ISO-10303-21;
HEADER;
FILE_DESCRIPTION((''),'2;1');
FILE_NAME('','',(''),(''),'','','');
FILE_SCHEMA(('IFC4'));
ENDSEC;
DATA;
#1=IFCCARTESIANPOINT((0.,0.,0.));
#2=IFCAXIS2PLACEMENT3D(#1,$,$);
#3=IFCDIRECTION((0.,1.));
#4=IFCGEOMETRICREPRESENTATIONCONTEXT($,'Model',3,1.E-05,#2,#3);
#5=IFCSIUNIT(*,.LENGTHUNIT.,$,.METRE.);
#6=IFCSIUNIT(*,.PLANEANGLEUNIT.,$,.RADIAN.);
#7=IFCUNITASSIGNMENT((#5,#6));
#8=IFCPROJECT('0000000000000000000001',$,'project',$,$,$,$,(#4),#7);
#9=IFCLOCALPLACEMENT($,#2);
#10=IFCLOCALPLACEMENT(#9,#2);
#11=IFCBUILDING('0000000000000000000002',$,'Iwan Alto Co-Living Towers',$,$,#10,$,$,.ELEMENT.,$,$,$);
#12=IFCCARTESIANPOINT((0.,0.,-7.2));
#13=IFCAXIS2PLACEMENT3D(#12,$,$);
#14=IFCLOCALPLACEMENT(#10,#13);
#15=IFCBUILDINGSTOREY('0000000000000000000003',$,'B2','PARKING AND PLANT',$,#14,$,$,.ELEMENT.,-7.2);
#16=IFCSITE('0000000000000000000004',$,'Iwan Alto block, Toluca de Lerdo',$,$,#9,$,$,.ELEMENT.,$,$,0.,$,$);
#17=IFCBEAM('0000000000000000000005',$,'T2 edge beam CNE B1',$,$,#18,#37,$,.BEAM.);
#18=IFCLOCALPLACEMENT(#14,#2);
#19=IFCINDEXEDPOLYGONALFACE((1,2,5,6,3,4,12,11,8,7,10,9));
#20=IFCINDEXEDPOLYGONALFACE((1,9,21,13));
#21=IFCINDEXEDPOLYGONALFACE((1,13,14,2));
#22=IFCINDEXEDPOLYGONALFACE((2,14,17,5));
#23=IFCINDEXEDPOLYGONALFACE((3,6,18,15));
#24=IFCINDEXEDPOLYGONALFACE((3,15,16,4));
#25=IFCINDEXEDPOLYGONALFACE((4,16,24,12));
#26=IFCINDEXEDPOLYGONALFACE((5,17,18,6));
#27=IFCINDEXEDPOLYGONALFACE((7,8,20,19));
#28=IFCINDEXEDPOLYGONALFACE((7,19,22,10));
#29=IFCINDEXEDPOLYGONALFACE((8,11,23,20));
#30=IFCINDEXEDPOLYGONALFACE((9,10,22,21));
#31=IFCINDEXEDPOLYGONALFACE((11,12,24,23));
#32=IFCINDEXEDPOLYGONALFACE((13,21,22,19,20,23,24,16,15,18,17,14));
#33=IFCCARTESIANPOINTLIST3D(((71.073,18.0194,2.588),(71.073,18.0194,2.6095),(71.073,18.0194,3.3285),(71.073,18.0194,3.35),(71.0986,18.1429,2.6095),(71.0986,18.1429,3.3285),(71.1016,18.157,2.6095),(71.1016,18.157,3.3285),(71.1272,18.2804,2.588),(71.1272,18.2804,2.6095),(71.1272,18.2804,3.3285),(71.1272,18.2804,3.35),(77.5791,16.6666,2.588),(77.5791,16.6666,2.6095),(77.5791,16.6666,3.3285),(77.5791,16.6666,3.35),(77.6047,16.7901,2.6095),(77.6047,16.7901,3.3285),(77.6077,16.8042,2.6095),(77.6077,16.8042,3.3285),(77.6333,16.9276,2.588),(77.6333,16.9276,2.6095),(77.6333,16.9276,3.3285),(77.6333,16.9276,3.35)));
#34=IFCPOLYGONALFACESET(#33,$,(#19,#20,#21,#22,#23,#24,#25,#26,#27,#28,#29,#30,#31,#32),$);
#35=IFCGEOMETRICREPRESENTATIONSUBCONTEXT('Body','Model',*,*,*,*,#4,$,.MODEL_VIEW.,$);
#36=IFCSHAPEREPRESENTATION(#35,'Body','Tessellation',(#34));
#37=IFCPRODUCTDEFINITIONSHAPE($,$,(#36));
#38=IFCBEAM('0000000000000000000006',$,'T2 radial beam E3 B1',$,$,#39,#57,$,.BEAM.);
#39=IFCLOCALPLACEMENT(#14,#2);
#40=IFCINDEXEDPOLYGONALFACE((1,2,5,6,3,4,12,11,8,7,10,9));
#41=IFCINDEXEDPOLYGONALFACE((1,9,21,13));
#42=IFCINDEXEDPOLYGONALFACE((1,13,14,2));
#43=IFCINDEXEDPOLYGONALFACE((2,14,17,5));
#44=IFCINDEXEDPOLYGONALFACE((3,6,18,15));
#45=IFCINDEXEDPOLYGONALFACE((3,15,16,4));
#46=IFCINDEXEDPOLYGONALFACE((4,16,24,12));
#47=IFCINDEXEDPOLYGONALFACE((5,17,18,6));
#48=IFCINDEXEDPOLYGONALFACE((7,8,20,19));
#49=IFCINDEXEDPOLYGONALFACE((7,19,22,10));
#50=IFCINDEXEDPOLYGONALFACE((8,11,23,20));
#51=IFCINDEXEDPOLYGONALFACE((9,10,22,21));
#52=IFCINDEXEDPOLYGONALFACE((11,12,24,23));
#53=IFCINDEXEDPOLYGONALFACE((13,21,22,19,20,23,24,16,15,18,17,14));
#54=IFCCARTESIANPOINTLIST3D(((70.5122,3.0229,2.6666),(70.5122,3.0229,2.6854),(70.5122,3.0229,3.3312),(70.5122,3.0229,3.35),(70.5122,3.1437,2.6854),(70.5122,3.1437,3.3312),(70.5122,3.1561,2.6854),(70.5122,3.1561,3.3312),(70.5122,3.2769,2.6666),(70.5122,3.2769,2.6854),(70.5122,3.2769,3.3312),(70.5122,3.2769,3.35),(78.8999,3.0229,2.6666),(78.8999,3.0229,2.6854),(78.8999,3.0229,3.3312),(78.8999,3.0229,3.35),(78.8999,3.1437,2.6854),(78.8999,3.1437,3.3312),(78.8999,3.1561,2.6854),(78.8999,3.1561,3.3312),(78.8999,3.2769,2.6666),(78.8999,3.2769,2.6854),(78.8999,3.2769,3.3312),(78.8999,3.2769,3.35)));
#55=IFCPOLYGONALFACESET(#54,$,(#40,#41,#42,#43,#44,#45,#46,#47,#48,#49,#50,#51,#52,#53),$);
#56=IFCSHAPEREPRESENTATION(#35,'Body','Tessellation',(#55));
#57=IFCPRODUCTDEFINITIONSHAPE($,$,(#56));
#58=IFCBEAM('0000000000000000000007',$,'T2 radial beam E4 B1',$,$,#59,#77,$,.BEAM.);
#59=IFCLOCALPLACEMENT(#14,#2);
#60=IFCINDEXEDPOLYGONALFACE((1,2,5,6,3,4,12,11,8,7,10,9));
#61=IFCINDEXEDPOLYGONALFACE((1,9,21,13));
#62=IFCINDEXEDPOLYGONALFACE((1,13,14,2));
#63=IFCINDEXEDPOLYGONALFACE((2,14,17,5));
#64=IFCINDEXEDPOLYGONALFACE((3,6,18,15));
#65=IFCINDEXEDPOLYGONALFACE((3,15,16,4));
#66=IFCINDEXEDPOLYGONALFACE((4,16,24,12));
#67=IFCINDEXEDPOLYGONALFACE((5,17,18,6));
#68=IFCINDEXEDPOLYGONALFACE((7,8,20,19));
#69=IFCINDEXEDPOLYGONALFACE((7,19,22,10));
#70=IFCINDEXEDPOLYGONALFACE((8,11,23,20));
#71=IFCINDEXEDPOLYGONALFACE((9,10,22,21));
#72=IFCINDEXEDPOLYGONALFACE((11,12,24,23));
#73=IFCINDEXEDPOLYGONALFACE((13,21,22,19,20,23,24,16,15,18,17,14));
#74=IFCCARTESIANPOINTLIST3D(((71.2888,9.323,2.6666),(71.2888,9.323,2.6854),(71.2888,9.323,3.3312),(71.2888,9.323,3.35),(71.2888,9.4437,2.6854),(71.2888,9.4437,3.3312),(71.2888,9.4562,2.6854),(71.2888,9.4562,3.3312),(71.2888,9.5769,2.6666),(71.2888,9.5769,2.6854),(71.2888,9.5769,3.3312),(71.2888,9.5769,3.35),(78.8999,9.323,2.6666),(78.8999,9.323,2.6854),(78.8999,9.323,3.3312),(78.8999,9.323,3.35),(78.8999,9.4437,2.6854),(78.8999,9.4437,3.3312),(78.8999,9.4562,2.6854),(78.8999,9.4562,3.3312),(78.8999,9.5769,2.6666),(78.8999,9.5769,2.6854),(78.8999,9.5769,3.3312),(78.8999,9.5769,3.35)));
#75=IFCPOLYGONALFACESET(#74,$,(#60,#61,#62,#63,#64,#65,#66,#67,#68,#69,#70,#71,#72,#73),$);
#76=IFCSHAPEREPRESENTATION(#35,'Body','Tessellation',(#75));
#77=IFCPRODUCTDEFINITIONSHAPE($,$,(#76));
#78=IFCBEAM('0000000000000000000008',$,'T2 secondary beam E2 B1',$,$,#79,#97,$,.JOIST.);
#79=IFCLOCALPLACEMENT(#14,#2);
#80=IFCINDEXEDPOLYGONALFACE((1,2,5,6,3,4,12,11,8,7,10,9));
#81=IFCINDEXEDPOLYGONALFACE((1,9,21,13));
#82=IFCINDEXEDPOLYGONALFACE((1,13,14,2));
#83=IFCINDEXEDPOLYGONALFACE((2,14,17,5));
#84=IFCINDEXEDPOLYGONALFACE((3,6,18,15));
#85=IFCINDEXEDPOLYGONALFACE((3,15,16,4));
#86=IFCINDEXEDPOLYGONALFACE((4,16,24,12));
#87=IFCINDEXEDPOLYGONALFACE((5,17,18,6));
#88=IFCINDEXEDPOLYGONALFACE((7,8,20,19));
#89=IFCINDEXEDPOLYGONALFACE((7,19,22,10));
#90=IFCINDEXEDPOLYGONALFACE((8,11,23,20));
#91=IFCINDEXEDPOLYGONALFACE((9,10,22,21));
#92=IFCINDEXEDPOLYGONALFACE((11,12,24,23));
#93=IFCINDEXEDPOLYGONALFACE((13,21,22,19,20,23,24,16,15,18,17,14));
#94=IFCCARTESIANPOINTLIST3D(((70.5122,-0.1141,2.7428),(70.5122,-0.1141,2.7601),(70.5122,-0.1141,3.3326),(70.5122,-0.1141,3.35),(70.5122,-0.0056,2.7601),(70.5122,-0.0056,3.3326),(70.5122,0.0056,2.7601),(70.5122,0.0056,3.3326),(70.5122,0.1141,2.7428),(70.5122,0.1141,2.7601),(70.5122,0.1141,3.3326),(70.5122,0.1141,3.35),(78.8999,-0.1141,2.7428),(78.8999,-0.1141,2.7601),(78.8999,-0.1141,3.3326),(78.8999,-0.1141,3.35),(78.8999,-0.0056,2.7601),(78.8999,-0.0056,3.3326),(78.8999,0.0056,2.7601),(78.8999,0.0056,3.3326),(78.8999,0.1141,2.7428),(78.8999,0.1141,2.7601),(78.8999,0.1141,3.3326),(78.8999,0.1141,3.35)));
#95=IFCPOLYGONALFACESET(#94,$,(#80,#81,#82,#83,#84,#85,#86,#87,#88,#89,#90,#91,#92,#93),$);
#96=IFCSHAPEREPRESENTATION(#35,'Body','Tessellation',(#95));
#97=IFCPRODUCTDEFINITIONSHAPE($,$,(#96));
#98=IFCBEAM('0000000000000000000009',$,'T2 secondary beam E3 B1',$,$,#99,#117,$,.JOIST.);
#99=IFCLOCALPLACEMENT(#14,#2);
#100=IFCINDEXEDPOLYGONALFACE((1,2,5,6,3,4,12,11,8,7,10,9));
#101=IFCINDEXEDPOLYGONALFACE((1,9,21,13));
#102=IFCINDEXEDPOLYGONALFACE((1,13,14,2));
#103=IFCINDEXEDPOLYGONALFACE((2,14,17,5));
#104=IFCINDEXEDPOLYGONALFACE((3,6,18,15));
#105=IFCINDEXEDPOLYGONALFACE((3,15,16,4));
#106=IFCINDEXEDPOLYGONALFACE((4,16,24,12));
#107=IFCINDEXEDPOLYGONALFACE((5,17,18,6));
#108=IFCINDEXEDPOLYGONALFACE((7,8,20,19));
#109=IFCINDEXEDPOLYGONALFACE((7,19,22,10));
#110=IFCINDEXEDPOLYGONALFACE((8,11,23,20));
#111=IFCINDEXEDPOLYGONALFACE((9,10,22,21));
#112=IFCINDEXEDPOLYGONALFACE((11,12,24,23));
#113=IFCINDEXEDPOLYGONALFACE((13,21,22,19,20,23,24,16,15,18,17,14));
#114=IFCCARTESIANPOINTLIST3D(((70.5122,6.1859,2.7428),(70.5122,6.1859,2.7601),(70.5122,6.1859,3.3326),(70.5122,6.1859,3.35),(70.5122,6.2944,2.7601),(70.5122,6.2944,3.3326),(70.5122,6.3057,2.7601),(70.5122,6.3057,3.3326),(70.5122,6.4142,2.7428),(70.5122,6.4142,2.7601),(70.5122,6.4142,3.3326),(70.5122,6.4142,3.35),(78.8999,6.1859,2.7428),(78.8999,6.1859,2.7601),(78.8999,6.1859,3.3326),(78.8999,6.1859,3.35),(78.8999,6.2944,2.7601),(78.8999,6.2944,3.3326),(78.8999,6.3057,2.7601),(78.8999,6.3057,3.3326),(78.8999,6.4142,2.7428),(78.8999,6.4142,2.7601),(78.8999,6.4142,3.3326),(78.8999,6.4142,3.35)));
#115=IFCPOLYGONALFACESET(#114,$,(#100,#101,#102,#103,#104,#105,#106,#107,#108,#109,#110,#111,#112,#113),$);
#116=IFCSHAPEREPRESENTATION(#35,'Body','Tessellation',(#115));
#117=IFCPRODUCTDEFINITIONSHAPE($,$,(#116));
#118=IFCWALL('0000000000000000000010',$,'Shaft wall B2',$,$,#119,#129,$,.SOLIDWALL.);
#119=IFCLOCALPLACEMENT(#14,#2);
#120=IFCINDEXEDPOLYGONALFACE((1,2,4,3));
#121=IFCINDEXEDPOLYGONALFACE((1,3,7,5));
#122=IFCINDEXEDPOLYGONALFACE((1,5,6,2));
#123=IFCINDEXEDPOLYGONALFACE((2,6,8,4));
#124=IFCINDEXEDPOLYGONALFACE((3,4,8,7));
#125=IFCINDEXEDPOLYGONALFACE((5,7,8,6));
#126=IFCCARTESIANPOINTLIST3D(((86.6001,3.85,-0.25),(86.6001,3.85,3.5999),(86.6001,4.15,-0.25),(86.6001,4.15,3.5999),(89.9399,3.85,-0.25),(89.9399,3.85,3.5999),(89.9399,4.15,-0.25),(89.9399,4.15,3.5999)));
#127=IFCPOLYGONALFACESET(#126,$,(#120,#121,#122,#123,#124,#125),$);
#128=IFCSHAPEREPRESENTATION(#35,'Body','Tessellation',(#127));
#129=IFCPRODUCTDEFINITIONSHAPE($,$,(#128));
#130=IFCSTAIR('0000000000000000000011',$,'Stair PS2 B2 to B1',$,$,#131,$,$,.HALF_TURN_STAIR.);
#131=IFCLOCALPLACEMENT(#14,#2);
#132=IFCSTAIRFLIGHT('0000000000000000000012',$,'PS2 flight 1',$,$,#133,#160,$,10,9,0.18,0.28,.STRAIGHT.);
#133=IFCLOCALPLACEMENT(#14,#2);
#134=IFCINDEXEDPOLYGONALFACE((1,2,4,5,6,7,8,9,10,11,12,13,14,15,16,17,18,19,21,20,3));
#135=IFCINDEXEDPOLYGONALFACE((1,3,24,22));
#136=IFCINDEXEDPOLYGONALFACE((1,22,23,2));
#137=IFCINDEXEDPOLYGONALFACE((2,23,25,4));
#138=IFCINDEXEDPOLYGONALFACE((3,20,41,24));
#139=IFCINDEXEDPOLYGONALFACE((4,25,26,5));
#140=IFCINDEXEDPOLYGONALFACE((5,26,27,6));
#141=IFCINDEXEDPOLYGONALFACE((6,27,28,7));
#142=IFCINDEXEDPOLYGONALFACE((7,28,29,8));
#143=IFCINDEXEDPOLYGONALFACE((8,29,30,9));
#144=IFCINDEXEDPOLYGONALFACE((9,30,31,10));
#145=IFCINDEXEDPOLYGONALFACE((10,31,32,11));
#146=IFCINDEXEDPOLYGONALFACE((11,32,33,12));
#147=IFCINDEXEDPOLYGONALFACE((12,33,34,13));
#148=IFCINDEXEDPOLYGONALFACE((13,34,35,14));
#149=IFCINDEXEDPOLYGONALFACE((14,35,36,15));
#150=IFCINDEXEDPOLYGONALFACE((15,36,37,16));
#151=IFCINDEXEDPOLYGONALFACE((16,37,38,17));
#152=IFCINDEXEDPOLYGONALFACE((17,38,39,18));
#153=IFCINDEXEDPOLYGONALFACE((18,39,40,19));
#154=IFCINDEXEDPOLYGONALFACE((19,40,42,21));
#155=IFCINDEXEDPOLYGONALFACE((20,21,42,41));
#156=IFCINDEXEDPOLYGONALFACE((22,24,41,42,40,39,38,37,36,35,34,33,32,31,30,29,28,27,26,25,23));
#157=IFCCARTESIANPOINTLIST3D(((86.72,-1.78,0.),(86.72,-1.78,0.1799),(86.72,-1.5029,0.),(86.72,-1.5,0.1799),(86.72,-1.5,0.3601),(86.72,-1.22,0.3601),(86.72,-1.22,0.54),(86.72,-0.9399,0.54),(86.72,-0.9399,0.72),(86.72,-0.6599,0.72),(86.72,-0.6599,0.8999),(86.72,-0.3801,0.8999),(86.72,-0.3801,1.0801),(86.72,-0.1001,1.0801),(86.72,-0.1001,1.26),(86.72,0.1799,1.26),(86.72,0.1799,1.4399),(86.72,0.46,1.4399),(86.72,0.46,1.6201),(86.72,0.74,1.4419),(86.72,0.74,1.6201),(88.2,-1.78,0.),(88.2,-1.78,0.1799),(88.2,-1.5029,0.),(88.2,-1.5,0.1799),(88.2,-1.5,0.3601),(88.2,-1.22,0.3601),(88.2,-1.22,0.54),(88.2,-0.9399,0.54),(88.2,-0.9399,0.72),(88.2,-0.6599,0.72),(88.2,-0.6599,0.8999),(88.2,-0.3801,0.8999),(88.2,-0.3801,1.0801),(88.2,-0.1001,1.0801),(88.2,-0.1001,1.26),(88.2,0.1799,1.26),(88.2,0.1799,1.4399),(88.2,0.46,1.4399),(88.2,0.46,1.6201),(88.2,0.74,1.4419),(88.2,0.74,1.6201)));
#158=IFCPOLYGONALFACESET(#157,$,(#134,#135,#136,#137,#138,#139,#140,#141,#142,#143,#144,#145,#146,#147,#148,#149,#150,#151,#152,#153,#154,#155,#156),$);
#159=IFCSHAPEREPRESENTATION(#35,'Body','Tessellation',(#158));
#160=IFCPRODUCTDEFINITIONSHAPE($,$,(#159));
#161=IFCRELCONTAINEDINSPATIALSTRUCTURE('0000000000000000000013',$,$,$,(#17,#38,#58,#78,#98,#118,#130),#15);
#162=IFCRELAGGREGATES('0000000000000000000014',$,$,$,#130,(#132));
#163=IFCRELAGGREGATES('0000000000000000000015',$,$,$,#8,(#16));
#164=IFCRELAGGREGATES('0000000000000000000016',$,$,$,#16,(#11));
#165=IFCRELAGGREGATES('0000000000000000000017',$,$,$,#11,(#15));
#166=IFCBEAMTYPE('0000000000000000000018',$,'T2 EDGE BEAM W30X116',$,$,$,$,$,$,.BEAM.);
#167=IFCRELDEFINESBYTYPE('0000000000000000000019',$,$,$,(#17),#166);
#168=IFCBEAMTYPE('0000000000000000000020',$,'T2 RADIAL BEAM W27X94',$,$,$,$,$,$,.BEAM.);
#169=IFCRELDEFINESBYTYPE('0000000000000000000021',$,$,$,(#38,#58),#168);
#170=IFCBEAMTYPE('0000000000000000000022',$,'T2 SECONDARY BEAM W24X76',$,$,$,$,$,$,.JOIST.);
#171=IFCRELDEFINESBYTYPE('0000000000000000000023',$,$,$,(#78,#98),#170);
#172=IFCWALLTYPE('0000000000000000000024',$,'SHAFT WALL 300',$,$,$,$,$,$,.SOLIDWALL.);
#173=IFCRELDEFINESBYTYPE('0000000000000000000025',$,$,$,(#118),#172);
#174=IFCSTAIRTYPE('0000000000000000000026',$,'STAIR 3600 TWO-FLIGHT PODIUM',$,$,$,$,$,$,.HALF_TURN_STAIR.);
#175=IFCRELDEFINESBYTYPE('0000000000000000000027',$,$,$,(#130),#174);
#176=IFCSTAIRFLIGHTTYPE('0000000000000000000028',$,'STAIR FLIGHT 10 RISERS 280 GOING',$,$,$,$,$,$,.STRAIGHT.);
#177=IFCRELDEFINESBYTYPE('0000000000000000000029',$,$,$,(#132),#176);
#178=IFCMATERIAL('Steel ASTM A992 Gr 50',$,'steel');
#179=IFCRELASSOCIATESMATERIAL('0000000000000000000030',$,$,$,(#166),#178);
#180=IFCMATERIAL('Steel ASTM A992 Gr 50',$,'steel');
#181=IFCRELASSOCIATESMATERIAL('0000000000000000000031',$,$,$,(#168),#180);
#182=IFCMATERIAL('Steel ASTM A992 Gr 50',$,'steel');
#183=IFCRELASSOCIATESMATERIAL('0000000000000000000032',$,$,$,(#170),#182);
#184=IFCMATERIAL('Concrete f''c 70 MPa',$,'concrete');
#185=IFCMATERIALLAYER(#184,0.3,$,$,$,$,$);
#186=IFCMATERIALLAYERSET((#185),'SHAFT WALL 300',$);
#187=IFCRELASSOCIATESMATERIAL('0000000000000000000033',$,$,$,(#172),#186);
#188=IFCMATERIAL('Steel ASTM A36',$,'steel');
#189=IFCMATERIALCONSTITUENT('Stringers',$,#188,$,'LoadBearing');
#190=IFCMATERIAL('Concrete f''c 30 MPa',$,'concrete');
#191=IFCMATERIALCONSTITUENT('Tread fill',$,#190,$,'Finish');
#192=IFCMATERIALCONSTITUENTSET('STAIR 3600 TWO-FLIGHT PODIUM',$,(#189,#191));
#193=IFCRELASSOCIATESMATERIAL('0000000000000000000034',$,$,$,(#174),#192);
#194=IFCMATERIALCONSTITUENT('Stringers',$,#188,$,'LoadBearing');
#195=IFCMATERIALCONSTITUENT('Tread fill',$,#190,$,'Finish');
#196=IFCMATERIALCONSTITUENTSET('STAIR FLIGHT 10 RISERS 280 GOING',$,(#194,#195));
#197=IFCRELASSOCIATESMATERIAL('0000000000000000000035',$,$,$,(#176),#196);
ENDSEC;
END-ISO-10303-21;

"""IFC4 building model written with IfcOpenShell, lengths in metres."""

from ifc_helpers import new_model, si_unit, direction, frame, frame_2d, origin, origin_2d, place, context, subcontext, project, spatial, polyline, rectangle, i_section, outline, extrude, material, layer, layer_set, constituent, constituent_set, material_profile, profile_set, type_object, element, aggregate, save


model = new_model("IFC4")

# Units and contexts
model_context = context("Model", 3, precision=1e-05, world=origin(), true_north=direction((0.0, 1.0)))
body_context = subcontext(model_context, "Body", "Model", "MODEL_VIEW")
ifc_project = project(units=[si_unit("LENGTHUNIT", "METRE"), si_unit("PLANEANGLEUNIT", "RADIAN")], contexts=[model_context])

# Site, building, storey
site_placement = place(None, origin())
site = spatial("IfcSite", under=ifc_project, at=site_placement, Name="Iwan Alto block, Toluca de Lerdo", CompositionType="ELEMENT", RefElevation=0.0)
building_placement = place(site_placement, origin())
building = spatial("IfcBuilding", under=site, at=building_placement, Name="Iwan Alto Co-Living Towers", CompositionType="ELEMENT")
storey_placement = place(building_placement, frame((0.0, 0.0, -7.2)))
storey = spatial("IfcBuildingStorey", under=building, at=storey_placement, Name="B2", Description="PARKING AND PLANT", CompositionType="ELEMENT", Elevation=-7.2)

# Beams
ifc_material_1 = material(Name="Steel ASTM A992 Gr 50", Category="steel")
ifc_material_profile_1 = material_profile(ifc_material_1, i_section(OverallWidth=0.2666, OverallDepth=0.762, WebThickness=0.0144, FlangeThickness=0.0215, at=origin_2d()), Name="W30X116")
ifc_profile_set_1 = profile_set([ifc_material_profile_1], Name="Steel ASTM A992 Gr 50")
beam_type_1 = type_object("IfcBeamType", Name="T2 EDGE BEAM W30X116", PredefinedType="BEAM", material=ifc_profile_set_1)
beam_1_placement = place(storey_placement, frame((77.6062, 16.7971, 2.969), z_axis=(-0.97906, 0.203571, 0.0), x_axis=(-0.203571, -0.97906, 0.0)))
element("IfcBeam", 1, at=beam_1_placement, inside=storey, type_object=beam_type_1, Name="T2 edge beam CNE B1", PredefinedType="BEAM", context=body_context, shape_type="SweptSolid", body=[
    extrude(i_section(OverallWidth=0.2666, OverallDepth=0.762, WebThickness=0.0144, FlangeThickness=0.0215, at=origin_2d()), origin(), (0.0, 0.0, 1.0), 6.6453),
])
ifc_material_2 = material(Name="Steel ASTM A992 Gr 50", Category="steel")
ifc_material_profile_2 = material_profile(ifc_material_2, i_section(OverallWidth=0.2539, OverallDepth=0.6833, WebThickness=0.0125, FlangeThickness=0.0188, at=origin_2d()), Name="W27X94")
ifc_profile_set_2 = profile_set([ifc_material_profile_2], Name="Steel ASTM A992 Gr 50")
beam_type_2 = type_object("IfcBeamType", Name="T2 RADIAL BEAM W27X94", PredefinedType="BEAM", material=ifc_profile_set_2)
beam_2_placement = place(storey_placement, frame((78.8999, 3.1499, 3.0083), z_axis=(-1.0, 0.0, 0.0), x_axis=(0.0, -1.0, 0.0)))
element("IfcBeam", 2, at=beam_2_placement, inside=storey, type_object=beam_type_2, Name="T2 radial beam E3 B1", PredefinedType="BEAM", context=body_context, shape_type="SweptSolid", body=[
    extrude(i_section(OverallWidth=0.2539, OverallDepth=0.6833, WebThickness=0.0125, FlangeThickness=0.0188, at=origin_2d()), origin(), (0.0, 0.0, 1.0), 8.3877),
])
beam_3_placement = place(storey_placement, frame((78.8999, 9.45, 3.0083), z_axis=(-1.0, 0.0, 0.0), x_axis=(0.0, -1.0, 0.0)))
element("IfcBeam", 3, at=beam_3_placement, inside=storey, type_object=beam_type_2, Name="T2 radial beam E4 B1", PredefinedType="BEAM", context=body_context, shape_type="SweptSolid", body=[
    extrude(i_section(OverallWidth=0.2539, OverallDepth=0.6833, WebThickness=0.0125, FlangeThickness=0.0188, at=origin_2d()), origin(), (0.0, 0.0, 1.0), 7.6111),
])
ifc_material_3 = material(Name="Steel ASTM A992 Gr 50", Category="steel")
ifc_material_profile_3 = material_profile(ifc_material_3, i_section(OverallWidth=0.2283, OverallDepth=0.6072, WebThickness=0.0112, FlangeThickness=0.0173, at=origin_2d()), Name="W24X76")
ifc_profile_set_3 = profile_set([ifc_material_profile_3], Name="Steel ASTM A992 Gr 50")
beam_type_3 = type_object("IfcBeamType", Name="T2 SECONDARY BEAM W24X76", PredefinedType="JOIST", material=ifc_profile_set_3)
for number, where, z_axis, x_axis, name in (
    (4, (78.8999, 0.0, 3.0464), (-1.0, 0.0, 0.0), (0.0, -1.0, 0.0), "T2 secondary beam E2 B1"),
    (5, (78.8999, 6.3, 3.0464), (-1.0, 0.0, 0.0), (0.0, -1.0, 0.0), "T2 secondary beam E3 B1"),
):
    element("IfcBeam", number, at=place(storey_placement, frame(where, z_axis=z_axis, x_axis=x_axis)), inside=storey, type_object=beam_type_3, Name=name, PredefinedType="JOIST", context=body_context, shape_type="SweptSolid", body=[
        extrude(i_section(OverallWidth=0.2283, OverallDepth=0.6072, WebThickness=0.0112, FlangeThickness=0.0173, at=origin_2d()), origin(), (0.0, 0.0, 1.0), 8.3877),
    ])

# Wall
ifc_material_4 = material(Name="Concrete f'c 70 MPa", Category="concrete")
ifc_layer = layer(ifc_material_4, 0.3)
ifc_layer_set = layer_set([ifc_layer], Name="SHAFT WALL 300")
wall_type = type_object("IfcWallType", Name="SHAFT WALL 300", PredefinedType="SOLIDWALL", material=ifc_layer_set)
wall_placement = place(storey_placement, frame((86.6001, 4.0, -0.25), z_axis=(0.0, 0.0, 1.0), x_axis=(1.0, 0.0, 0.0)))
element("IfcWall", 6, at=wall_placement, inside=storey, type_object=wall_type, Name="Shaft wall B2", PredefinedType="SOLIDWALL", context=body_context, shape_type="SweptSolid", body=[
    extrude(rectangle(XDim=3.3398, YDim=0.3, at=frame_2d((1.6699, 0.0))), origin(), (0.0, 0.0, 1.0), 3.8499),
])

# Stair, stair flight
ifc_material_5 = material(Name="Steel ASTM A36", Category="steel")
ifc_constituent_1 = constituent(ifc_material_5, Name="Stringers", Category="LoadBearing")
ifc_material_6 = material(Name="Concrete f'c 30 MPa", Category="concrete")
ifc_constituent_2 = constituent(ifc_material_6, Name="Tread fill", Category="Finish")
ifc_constituent_set_1 = constituent_set(constituents=[ifc_constituent_1, ifc_constituent_2], Name="STAIR 3600 TWO-FLIGHT PODIUM")
stair_type = type_object("IfcStairType", Name="STAIR 3600 TWO-FLIGHT PODIUM", PredefinedType="HALF_TURN_STAIR", material=ifc_constituent_set_1)
stair_placement = place(storey_placement, origin())
stair = element("IfcStair", 7, at=stair_placement, inside=storey, type_object=stair_type, Name="Stair PS2 B2 to B1", PredefinedType="HALF_TURN_STAIR")
ifc_constituent_3 = constituent(ifc_material_5, Name="Stringers", Category="LoadBearing")
ifc_constituent_4 = constituent(ifc_material_6, Name="Tread fill", Category="Finish")
ifc_constituent_set_2 = constituent_set(constituents=[ifc_constituent_3, ifc_constituent_4], Name="STAIR FLIGHT 10 RISERS 280 GOING")
stair_flight_type = type_object("IfcStairFlightType", Name="STAIR FLIGHT 10 RISERS 280 GOING", PredefinedType="STRAIGHT", material=ifc_constituent_set_2)
stair_flight_1_placement = place(storey_placement, frame((87.46, -1.78, 0.0), z_axis=(0.0, 0.0, 1.0), x_axis=(0.0, 1.0, 0.0)))
stair_flight_1 = element("IfcStairFlight", 8, at=stair_flight_1_placement, type_object=stair_flight_type, Name="PS2 flight 1", NumberOfRisers=10, NumberOfTreads=9, PredefinedType="STRAIGHT", RiserHeight=0.18, TreadLength=0.28, context=body_context, shape_type="SweptSolid", body=[
    extrude(outline(polyline([(0.0, 0.0), (0.0, 0.1799), (0.28, 0.1799), (0.28, 0.3601), (0.5601, 0.3601), (0.5601, 0.54), (0.8401, 0.54), (0.8401, 0.72), (1.1201, 0.72), (1.1201, 0.8999), (1.3999, 0.8999), (1.3999, 1.0801), (1.6799, 1.0801), (1.6799, 1.26), (1.96, 1.26), (1.96, 1.4399), (2.24, 1.4399), (2.24, 1.6201), (2.52, 1.6201), (2.52, 1.8), (2.52, 1.4419), (0.2771, 0.0), (0.0, 0.0)])), frame((0.0, 0.74, 0.0), z_axis=(0.0, -1.0, 0.0), x_axis=(1.0, 0.0, 0.0)), (0.0, 0.0, 1.0), 1.48),
])
aggregate(stair, [stair_flight_1])

save(model, "model.ifc")
